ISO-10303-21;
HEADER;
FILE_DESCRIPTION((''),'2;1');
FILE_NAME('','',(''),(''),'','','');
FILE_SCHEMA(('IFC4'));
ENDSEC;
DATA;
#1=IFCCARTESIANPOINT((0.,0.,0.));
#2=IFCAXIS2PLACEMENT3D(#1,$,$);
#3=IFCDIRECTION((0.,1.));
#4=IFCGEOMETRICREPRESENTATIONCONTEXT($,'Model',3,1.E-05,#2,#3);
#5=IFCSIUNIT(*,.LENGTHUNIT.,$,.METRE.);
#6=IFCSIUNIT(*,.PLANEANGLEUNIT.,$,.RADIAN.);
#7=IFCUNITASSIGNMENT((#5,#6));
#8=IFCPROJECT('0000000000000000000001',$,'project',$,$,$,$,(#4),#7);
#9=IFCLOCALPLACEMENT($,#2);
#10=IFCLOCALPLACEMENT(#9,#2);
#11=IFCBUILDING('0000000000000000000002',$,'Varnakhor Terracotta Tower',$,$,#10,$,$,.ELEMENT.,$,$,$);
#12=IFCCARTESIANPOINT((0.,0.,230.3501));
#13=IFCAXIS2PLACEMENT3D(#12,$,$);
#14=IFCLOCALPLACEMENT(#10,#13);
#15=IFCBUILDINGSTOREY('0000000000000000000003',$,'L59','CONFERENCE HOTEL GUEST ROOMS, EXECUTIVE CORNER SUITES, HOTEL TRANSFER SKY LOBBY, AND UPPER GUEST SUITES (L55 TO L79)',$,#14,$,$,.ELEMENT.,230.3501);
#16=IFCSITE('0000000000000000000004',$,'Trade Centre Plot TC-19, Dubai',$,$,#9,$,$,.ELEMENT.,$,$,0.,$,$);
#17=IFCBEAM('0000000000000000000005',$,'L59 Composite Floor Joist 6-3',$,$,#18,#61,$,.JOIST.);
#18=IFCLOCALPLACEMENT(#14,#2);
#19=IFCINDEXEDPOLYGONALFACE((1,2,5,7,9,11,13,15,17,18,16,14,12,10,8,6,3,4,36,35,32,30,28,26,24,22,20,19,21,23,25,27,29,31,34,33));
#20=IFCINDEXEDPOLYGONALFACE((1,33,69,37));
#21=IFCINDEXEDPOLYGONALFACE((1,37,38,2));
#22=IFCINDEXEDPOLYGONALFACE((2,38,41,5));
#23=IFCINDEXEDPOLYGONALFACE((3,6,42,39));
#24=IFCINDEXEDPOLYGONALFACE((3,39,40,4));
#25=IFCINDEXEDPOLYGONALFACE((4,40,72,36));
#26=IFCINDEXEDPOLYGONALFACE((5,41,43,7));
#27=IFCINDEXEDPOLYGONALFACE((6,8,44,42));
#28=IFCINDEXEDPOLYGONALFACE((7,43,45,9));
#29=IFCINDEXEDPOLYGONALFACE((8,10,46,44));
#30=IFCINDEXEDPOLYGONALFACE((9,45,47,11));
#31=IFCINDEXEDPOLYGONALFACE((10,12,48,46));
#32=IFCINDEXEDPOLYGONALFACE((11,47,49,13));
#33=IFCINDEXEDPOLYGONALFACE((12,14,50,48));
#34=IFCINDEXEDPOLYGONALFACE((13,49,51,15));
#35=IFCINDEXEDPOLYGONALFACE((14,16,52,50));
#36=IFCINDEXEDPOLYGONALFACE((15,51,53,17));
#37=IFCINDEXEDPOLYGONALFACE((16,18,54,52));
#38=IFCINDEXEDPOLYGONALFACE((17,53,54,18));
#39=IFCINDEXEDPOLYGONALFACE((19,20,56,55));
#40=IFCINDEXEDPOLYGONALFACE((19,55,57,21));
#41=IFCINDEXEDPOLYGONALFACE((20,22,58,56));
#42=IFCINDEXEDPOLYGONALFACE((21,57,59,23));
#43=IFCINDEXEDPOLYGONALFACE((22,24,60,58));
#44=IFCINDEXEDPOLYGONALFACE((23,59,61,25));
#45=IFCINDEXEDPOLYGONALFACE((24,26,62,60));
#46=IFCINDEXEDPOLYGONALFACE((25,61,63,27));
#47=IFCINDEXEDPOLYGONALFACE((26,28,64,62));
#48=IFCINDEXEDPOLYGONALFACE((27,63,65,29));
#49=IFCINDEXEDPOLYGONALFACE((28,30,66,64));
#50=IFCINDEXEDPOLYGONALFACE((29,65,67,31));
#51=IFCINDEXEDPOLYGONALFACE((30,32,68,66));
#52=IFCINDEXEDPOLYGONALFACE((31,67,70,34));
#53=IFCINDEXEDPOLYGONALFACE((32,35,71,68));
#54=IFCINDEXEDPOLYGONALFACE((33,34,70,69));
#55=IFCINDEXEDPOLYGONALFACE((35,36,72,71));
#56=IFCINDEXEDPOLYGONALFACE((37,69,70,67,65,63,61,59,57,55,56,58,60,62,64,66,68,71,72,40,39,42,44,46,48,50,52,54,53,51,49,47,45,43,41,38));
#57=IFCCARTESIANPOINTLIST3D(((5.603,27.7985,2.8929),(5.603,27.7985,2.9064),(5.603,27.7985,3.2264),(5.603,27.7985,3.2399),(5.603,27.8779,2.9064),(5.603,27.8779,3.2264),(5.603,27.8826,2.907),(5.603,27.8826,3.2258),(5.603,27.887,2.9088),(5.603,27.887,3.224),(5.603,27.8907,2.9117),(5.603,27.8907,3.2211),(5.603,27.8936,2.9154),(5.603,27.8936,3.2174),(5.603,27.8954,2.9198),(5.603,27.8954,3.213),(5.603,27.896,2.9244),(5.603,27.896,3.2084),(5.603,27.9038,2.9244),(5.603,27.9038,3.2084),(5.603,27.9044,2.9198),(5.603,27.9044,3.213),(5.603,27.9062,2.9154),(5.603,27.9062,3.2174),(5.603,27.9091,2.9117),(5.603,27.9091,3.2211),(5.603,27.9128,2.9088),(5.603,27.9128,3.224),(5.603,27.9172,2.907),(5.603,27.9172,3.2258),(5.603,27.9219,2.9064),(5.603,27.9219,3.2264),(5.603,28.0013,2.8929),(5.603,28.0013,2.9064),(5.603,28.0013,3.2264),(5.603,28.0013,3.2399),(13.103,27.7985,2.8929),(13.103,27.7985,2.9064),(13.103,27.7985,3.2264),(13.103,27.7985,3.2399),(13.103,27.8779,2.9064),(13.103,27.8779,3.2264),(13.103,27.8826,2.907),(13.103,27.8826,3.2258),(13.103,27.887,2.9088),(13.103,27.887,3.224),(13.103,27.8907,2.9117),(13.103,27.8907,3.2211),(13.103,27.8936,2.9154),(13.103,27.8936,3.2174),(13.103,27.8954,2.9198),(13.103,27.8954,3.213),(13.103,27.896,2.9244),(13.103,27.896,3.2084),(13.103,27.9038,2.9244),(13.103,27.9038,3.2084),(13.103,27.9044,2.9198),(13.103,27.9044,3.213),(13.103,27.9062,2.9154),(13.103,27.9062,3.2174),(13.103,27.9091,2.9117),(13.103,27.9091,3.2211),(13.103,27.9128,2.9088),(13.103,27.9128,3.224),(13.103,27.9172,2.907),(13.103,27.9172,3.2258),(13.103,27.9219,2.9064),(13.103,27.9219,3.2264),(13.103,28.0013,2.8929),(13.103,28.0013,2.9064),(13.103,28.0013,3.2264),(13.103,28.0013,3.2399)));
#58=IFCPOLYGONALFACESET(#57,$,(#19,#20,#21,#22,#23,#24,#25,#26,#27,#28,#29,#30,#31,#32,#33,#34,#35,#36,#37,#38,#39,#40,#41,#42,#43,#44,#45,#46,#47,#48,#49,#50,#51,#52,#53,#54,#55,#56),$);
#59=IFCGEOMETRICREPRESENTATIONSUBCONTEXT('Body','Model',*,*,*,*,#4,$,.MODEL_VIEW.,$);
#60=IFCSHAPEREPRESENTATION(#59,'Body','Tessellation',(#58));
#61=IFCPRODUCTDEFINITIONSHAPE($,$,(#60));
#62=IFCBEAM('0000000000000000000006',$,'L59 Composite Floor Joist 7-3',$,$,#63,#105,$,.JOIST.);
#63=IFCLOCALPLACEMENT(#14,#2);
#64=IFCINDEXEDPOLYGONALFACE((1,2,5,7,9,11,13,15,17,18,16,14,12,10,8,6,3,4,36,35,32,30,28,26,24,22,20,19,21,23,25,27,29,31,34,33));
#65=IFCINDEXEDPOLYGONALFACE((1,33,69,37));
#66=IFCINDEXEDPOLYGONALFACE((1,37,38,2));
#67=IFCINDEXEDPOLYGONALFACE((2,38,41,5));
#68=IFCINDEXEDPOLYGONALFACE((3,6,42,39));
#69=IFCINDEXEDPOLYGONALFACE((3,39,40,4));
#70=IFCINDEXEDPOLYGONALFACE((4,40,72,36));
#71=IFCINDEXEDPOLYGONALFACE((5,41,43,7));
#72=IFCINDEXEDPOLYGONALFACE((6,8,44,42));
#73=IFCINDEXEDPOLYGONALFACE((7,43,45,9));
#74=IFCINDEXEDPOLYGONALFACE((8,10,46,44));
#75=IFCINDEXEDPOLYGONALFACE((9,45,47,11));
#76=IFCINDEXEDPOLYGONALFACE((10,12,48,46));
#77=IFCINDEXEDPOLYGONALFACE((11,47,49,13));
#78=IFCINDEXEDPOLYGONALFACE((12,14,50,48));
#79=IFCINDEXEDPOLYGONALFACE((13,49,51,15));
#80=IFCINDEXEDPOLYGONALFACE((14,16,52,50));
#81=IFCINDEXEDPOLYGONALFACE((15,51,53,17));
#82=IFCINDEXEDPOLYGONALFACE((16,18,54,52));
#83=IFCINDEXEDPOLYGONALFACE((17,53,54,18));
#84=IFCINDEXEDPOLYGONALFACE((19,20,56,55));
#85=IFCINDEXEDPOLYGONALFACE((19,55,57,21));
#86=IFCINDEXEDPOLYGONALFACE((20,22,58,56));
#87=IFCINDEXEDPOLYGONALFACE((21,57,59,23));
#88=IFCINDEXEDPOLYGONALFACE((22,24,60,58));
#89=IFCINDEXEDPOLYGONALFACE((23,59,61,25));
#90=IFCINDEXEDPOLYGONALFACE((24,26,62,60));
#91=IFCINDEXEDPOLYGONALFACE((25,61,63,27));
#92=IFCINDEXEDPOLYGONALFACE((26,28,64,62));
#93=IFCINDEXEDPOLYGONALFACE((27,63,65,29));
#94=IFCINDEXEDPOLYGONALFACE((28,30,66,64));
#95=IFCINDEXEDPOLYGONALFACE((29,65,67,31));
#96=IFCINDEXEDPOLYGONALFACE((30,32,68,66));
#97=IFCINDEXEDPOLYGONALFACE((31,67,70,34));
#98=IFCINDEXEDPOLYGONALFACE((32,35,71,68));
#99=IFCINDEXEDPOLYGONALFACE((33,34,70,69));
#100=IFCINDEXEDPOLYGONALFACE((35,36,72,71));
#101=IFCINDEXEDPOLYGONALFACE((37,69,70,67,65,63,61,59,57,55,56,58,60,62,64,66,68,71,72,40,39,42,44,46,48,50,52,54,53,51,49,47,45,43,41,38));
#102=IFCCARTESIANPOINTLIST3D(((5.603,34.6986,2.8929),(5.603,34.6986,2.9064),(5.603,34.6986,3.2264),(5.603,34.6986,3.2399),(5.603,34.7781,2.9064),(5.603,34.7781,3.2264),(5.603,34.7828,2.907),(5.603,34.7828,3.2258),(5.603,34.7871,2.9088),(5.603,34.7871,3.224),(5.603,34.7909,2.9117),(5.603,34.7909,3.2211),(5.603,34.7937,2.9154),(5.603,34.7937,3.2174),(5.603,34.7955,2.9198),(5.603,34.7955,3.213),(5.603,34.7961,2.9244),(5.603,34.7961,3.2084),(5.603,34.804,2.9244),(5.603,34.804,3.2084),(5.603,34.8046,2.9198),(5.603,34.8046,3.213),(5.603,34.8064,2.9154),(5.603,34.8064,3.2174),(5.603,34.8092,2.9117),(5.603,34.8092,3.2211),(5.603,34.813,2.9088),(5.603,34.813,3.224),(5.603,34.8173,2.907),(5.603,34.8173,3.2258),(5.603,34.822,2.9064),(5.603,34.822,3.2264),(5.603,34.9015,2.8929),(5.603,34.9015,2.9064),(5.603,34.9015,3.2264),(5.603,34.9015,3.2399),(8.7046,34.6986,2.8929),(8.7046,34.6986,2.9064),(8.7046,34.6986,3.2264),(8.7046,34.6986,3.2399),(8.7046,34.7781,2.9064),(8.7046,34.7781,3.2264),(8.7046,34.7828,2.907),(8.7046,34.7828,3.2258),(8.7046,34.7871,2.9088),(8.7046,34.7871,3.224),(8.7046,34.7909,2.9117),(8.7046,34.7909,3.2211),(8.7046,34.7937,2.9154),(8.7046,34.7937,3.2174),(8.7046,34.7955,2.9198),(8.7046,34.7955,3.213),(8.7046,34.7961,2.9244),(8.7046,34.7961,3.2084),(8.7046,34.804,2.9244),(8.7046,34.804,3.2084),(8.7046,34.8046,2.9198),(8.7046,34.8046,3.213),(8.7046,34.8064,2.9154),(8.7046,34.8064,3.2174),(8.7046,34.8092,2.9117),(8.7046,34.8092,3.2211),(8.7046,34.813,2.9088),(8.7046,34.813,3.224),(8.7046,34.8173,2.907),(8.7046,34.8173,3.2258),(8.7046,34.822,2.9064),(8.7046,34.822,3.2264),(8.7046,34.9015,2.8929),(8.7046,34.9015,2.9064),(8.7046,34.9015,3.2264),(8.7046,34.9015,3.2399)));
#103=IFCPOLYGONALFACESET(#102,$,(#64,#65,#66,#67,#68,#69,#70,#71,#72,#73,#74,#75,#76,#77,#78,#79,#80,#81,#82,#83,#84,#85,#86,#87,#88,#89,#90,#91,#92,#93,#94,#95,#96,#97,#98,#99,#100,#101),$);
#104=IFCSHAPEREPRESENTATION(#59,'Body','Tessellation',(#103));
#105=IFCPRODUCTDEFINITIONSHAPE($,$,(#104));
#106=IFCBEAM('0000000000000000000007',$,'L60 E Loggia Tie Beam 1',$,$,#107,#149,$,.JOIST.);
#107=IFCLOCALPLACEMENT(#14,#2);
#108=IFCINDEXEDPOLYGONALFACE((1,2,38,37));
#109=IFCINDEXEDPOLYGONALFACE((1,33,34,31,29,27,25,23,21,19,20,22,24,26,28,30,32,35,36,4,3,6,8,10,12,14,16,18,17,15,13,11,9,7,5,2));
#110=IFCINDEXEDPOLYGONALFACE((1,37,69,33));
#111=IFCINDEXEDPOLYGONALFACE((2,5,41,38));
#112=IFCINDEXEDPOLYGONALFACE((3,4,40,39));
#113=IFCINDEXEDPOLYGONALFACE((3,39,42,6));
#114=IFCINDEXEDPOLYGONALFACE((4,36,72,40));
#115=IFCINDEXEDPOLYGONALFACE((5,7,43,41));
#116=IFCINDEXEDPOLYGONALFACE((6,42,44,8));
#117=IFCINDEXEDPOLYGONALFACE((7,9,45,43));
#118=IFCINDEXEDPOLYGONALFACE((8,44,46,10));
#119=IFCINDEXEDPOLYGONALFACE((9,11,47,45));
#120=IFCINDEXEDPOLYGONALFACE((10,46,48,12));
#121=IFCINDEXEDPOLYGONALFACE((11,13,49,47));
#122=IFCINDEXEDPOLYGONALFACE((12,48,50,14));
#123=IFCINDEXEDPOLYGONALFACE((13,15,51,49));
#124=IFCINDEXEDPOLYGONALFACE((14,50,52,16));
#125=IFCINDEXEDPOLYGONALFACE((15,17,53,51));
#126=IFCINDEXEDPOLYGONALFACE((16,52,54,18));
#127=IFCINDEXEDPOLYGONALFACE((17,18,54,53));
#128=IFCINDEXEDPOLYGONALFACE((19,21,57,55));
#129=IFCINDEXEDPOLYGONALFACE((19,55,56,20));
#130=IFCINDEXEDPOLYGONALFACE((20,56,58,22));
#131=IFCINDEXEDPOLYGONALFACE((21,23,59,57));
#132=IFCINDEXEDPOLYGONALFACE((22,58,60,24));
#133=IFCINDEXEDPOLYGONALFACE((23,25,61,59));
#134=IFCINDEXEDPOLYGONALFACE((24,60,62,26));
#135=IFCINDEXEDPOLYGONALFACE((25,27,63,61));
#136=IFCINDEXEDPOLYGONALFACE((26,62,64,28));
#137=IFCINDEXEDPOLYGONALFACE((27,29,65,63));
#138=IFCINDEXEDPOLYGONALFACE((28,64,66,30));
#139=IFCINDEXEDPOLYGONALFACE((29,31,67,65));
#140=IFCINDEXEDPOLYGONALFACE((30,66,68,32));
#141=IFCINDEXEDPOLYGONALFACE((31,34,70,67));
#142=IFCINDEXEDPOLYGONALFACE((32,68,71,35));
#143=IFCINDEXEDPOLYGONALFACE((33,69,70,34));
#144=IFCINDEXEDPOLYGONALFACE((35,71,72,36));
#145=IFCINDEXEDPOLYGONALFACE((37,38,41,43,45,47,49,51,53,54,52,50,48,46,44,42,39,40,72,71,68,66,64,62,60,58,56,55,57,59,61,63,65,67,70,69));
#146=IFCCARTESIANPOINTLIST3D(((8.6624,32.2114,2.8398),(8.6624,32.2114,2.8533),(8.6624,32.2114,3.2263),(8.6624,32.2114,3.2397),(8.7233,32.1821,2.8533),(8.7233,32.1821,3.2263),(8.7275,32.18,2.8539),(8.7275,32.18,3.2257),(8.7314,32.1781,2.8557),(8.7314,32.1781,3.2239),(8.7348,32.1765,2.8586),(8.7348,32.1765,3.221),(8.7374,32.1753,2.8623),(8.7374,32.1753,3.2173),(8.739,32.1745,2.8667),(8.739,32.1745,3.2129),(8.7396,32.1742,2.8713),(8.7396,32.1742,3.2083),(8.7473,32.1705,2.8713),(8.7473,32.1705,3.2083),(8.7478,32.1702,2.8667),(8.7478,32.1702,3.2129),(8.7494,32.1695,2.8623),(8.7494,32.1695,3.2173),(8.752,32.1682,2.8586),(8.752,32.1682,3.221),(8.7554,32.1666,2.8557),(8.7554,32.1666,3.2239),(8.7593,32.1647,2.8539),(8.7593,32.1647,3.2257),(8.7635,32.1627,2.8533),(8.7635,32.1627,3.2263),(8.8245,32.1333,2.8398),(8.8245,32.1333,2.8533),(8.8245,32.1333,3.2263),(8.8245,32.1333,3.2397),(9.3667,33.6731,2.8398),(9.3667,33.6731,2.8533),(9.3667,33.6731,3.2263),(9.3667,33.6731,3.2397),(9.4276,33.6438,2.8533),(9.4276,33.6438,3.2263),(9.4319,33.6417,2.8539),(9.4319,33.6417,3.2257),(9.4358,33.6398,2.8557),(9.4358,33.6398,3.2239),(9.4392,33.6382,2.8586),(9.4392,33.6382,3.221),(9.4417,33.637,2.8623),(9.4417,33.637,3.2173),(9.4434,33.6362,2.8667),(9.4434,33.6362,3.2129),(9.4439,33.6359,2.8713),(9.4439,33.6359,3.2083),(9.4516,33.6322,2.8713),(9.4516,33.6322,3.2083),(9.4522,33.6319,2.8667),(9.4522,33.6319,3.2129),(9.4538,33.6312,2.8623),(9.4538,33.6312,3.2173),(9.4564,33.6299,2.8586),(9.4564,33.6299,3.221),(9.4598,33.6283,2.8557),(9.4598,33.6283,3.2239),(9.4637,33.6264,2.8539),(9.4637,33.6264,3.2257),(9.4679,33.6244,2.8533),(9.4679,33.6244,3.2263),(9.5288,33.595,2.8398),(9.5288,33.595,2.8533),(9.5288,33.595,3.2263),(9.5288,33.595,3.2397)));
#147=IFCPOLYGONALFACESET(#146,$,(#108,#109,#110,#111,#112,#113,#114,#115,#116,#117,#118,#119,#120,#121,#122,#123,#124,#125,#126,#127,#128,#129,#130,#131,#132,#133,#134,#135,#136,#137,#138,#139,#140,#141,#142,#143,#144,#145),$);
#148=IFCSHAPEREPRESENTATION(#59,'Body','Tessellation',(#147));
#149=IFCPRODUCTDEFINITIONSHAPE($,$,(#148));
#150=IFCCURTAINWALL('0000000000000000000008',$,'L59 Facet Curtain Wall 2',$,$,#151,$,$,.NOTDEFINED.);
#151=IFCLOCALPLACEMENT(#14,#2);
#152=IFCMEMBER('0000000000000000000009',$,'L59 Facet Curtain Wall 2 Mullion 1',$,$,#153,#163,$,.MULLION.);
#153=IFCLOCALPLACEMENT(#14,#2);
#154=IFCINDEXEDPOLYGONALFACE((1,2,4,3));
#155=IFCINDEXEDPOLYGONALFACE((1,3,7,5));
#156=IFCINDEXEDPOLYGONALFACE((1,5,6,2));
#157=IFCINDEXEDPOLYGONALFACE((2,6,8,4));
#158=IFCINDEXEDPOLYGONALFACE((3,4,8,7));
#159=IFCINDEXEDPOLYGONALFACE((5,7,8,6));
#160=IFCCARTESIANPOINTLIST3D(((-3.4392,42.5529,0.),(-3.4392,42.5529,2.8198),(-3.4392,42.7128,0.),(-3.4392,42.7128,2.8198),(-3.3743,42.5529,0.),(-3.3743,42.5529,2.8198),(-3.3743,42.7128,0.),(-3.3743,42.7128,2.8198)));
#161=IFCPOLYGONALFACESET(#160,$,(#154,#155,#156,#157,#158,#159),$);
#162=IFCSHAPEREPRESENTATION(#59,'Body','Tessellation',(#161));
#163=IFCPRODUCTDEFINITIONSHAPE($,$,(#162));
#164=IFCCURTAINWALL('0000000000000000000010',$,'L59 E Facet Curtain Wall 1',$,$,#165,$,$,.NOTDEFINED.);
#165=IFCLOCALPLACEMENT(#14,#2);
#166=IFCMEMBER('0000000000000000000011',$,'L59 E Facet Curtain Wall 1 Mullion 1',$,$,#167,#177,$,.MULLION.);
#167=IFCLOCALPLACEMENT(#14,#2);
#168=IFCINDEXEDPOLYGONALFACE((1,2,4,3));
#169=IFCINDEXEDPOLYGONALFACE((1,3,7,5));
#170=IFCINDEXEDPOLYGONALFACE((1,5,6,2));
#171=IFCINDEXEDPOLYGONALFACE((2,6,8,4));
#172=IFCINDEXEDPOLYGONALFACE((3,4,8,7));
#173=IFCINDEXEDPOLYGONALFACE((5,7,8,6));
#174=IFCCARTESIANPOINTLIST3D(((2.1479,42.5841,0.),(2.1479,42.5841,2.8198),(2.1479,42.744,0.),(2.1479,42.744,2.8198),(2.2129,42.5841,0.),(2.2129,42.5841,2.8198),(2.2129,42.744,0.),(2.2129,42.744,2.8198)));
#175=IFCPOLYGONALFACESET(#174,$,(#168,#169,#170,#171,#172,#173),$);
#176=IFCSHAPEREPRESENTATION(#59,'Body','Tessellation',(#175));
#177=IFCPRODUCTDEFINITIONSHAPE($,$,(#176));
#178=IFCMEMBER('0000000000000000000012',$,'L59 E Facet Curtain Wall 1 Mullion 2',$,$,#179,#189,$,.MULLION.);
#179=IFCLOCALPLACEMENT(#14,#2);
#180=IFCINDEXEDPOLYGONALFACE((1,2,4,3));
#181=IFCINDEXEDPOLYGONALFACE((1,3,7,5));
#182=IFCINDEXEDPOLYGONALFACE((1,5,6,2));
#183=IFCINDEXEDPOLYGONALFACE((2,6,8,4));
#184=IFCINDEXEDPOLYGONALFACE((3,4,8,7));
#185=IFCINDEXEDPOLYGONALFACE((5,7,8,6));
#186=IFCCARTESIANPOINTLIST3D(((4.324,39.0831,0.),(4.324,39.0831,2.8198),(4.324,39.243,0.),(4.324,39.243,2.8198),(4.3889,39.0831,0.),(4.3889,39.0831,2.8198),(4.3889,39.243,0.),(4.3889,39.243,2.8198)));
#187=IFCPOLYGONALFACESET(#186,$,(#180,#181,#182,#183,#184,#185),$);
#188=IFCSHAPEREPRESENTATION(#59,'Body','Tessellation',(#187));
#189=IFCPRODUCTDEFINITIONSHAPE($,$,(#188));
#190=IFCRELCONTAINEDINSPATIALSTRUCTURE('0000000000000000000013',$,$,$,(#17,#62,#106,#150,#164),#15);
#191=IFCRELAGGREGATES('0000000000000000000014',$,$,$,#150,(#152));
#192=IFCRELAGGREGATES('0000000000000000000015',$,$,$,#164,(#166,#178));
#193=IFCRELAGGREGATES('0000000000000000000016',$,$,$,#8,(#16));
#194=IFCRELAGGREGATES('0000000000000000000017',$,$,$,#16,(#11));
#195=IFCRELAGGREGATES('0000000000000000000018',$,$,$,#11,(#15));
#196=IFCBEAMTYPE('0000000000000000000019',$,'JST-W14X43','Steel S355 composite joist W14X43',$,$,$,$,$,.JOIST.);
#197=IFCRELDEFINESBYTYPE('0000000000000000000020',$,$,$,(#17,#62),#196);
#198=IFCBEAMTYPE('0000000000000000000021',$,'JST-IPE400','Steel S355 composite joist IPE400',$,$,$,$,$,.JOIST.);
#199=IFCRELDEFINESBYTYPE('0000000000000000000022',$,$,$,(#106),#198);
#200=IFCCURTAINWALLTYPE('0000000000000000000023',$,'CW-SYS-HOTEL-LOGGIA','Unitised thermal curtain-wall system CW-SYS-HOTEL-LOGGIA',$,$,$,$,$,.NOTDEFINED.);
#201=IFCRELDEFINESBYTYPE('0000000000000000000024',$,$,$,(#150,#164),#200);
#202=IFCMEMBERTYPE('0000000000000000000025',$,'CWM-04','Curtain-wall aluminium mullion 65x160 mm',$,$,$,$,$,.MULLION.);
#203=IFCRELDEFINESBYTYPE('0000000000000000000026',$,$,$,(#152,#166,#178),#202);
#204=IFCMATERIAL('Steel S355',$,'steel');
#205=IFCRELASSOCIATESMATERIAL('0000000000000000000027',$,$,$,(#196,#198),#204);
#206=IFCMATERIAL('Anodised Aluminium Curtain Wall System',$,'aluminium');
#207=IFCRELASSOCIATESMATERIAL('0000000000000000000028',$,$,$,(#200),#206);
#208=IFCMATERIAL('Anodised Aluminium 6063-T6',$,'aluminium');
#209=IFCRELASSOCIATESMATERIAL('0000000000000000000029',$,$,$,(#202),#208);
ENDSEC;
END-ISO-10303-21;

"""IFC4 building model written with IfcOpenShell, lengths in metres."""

from ifc_helpers import new_model, si_unit, direction, frame, origin, origin_2d, place, context, subcontext, project, spatial, rectangle, i_section, extrude, source, transform, mapped, material, material_profile, profile_set, type_object, element, aggregate, save


model = new_model("IFC4")

# Units and contexts
model_context = context("Model", 3, precision=1e-05, world=origin(), true_north=direction((0.0, 1.0)))
body_context = subcontext(model_context, "Body", "Model", "MODEL_VIEW")
ifc_project = project(units=[si_unit("LENGTHUNIT", "METRE"), si_unit("PLANEANGLEUNIT", "RADIAN")], contexts=[model_context])

# Site, building, storey
site_placement = place(None, origin())
site = spatial("IfcSite", under=ifc_project, at=site_placement, Name="Trade Centre Plot TC-19, Dubai", CompositionType="ELEMENT", RefElevation=0.0)
building_placement = place(site_placement, origin())
building = spatial("IfcBuilding", under=site, at=building_placement, Name="Varnakhor Terracotta Tower", CompositionType="ELEMENT")
storey_placement = place(building_placement, frame((0.0, 0.0, 230.3501)))
storey = spatial("IfcBuildingStorey", under=building, at=storey_placement, Name="L59", Description="CONFERENCE HOTEL GUEST ROOMS, EXECUTIVE CORNER SUITES, HOTEL TRANSFER SKY LOBBY, AND UPPER GUEST SUITES (L55 TO L79)", CompositionType="ELEMENT", Elevation=230.3501)

# Beams
ifc_material_1 = material(Name="Steel S355", Category="steel")
ifc_material_profile_1 = material_profile(ifc_material_1, i_section(OverallWidth=0.2029, OverallDepth=0.3469, WebThickness=0.0078, FlangeThickness=0.0134, FilletRadius=0.0181, at=origin_2d()), Name="W14X43")
ifc_profile_set_1 = profile_set([ifc_material_profile_1], Name="Steel S355")
beam_type_1 = type_object("IfcBeamType", Name="JST-W14X43", Description="Steel S355 composite joist W14X43", PredefinedType="JOIST", material=ifc_profile_set_1)
shared_shape_1 = source(origin(), body_context, "Body", "SweptSolid", [
    extrude(i_section(OverallWidth=0.2029, OverallDepth=0.3469, WebThickness=0.0078, FlangeThickness=0.0134, FilletRadius=0.0181, at=origin_2d()), origin(), (0.0, 0.0, 1.0), 7.5),
])
beam_1_placement = place(storey_placement, frame((5.603, 27.8999, 3.0664), z_axis=(1.0, 0.0, 0.0), x_axis=(0.0, 1.0, 0.0)))
element("IfcBeam", 1, at=beam_1_placement, inside=storey, type_object=beam_type_1, Name="L59 Composite Floor Joist 6-3", PredefinedType="JOIST", context=body_context, shape_type="MappedRepresentation", body=[
    mapped(shared_shape_1, transform((0.0, 0.0, 0.0), scale=1.0)),
])
shared_shape_2 = source(origin(), body_context, "Body", "SweptSolid", [
    extrude(i_section(OverallWidth=0.2029, OverallDepth=0.3469, WebThickness=0.0078, FlangeThickness=0.0134, FilletRadius=0.0181, at=origin_2d()), origin(), (0.0, 0.0, 1.0), 3.1016),
])
beam_2_placement = place(storey_placement, frame((5.603, 34.8, 3.0664), z_axis=(1.0, 0.0, 0.0), x_axis=(0.0, 1.0, 0.0)))
element("IfcBeam", 2, at=beam_2_placement, inside=storey, type_object=beam_type_1, Name="L59 Composite Floor Joist 7-3", PredefinedType="JOIST", context=body_context, shape_type="MappedRepresentation", body=[
    mapped(shared_shape_2, transform((0.0, 0.0, 0.0), scale=1.0)),
])
ifc_material_profile_2 = material_profile(ifc_material_1, i_section(OverallWidth=0.1799, OverallDepth=0.3999, WebThickness=0.0085, FlangeThickness=0.0134, FilletRadius=0.0181, at=origin_2d()), Name="IPE400")
ifc_profile_set_2 = profile_set([ifc_material_profile_2], Name="Steel S355")
beam_type_2 = type_object("IfcBeamType", Name="JST-IPE400", Description="Steel S355 composite joist IPE400", PredefinedType="JOIST", material=ifc_profile_set_2)
shared_shape_3 = source(origin(), body_context, "Body", "SweptSolid", [
    extrude(i_section(OverallWidth=0.1799, OverallDepth=0.3999, WebThickness=0.0085, FlangeThickness=0.0134, FilletRadius=0.0181, at=origin_2d()), origin(), (0.0, 0.0, 1.0), 1.6226),
])
beam_3_placement = place(storey_placement, frame((8.7434, 32.1724, 3.0398), z_axis=(0.434105, 0.900862, 0.0), x_axis=(-0.900862, 0.434105, 0.0)))
element("IfcBeam", 3, at=beam_3_placement, inside=storey, type_object=beam_type_2, Name="L60 E Loggia Tie Beam 1", PredefinedType="JOIST", context=body_context, shape_type="MappedRepresentation", body=[
    mapped(shared_shape_3, transform((0.0, 0.0, 0.0), scale=1.0)),
])

# Curtain wall, member
ifc_material_2 = material(Name="Anodised Aluminium Curtain Wall System", Category="aluminium")
curtain_wall_type = type_object("IfcCurtainWallType", Name="CW-SYS-HOTEL-LOGGIA", Description="Unitised thermal curtain-wall system CW-SYS-HOTEL-LOGGIA", PredefinedType="NOTDEFINED", material=ifc_material_2)
curtain_wall_1_placement = place(storey_placement, origin())
curtain_wall_1 = element("IfcCurtainWall", 4, at=curtain_wall_1_placement, inside=storey, type_object=curtain_wall_type, Name="L59 Facet Curtain Wall 2", PredefinedType="NOTDEFINED")
ifc_material_3 = material(Name="Anodised Aluminium 6063-T6", Category="aluminium")
ifc_material_profile_3 = material_profile(ifc_material_3, rectangle(XDim=0.0649, YDim=0.1599, at=origin_2d()), Name="ALU MULLION 65x160")
ifc_profile_set_3 = profile_set([ifc_material_profile_3], Name="Anodised Aluminium 6063-T6")
member_type_1 = type_object("IfcMemberType", Name="CWM-04", Description="Curtain-wall aluminium mullion 65x160 mm", PredefinedType="MULLION", material=ifc_profile_set_3)
shared_shape_4 = source(origin(), body_context, "Body", "SweptSolid", [
    extrude(rectangle(XDim=0.0649, YDim=0.1599, at=origin_2d()), origin(), (0.0, 0.0, 1.0), 2.8198),
])
member_1_placement = place(storey_placement, frame((-3.4067, 42.6328, 0.0), z_axis=(0.0, 0.0, 1.0), x_axis=(1.0, 0.0, 0.0)))
member_1 = element("IfcMember", 5, at=member_1_placement, type_object=member_type_1, Name="L59 Facet Curtain Wall 2 Mullion 1", PredefinedType="MULLION", context=body_context, shape_type="MappedRepresentation", body=[
    mapped(shared_shape_4, transform((0.0, 0.0, 0.0), scale=1.0)),
])

# Curtain wall, members
curtain_wall_2_placement = place(storey_placement, origin())
curtain_wall_2 = element("IfcCurtainWall", 6, at=curtain_wall_2_placement, inside=storey, type_object=curtain_wall_type, Name="L59 E Facet Curtain Wall 1", PredefinedType="NOTDEFINED")
member_2_placement = place(storey_placement, frame((2.1804, 42.6641, 0.0), z_axis=(0.0, 0.0, 1.0), x_axis=(1.0, 0.0, 0.0)))
member_2 = element("IfcMember", 7, at=member_2_placement, type_object=member_type_1, Name="L59 E Facet Curtain Wall 1 Mullion 1", PredefinedType="MULLION", context=body_context, shape_type="MappedRepresentation", body=[
    mapped(shared_shape_4, transform((0.0, 0.0, 0.0), scale=1.0)),
])
member_3_placement = place(storey_placement, frame((4.3564, 39.1631, 0.0), z_axis=(0.0, 0.0, 1.0), x_axis=(1.0, 0.0, 0.0)))
member_3 = element("IfcMember", 8, at=member_3_placement, type_object=member_type_1, Name="L59 E Facet Curtain Wall 1 Mullion 2", PredefinedType="MULLION", context=body_context, shape_type="MappedRepresentation", body=[
    mapped(shared_shape_4, transform((0.0, 0.0, 0.0), scale=1.0)),
])

aggregate(curtain_wall_1, [member_1])
aggregate(curtain_wall_2, [member_2, member_3])

save(model, "model.ifc")
